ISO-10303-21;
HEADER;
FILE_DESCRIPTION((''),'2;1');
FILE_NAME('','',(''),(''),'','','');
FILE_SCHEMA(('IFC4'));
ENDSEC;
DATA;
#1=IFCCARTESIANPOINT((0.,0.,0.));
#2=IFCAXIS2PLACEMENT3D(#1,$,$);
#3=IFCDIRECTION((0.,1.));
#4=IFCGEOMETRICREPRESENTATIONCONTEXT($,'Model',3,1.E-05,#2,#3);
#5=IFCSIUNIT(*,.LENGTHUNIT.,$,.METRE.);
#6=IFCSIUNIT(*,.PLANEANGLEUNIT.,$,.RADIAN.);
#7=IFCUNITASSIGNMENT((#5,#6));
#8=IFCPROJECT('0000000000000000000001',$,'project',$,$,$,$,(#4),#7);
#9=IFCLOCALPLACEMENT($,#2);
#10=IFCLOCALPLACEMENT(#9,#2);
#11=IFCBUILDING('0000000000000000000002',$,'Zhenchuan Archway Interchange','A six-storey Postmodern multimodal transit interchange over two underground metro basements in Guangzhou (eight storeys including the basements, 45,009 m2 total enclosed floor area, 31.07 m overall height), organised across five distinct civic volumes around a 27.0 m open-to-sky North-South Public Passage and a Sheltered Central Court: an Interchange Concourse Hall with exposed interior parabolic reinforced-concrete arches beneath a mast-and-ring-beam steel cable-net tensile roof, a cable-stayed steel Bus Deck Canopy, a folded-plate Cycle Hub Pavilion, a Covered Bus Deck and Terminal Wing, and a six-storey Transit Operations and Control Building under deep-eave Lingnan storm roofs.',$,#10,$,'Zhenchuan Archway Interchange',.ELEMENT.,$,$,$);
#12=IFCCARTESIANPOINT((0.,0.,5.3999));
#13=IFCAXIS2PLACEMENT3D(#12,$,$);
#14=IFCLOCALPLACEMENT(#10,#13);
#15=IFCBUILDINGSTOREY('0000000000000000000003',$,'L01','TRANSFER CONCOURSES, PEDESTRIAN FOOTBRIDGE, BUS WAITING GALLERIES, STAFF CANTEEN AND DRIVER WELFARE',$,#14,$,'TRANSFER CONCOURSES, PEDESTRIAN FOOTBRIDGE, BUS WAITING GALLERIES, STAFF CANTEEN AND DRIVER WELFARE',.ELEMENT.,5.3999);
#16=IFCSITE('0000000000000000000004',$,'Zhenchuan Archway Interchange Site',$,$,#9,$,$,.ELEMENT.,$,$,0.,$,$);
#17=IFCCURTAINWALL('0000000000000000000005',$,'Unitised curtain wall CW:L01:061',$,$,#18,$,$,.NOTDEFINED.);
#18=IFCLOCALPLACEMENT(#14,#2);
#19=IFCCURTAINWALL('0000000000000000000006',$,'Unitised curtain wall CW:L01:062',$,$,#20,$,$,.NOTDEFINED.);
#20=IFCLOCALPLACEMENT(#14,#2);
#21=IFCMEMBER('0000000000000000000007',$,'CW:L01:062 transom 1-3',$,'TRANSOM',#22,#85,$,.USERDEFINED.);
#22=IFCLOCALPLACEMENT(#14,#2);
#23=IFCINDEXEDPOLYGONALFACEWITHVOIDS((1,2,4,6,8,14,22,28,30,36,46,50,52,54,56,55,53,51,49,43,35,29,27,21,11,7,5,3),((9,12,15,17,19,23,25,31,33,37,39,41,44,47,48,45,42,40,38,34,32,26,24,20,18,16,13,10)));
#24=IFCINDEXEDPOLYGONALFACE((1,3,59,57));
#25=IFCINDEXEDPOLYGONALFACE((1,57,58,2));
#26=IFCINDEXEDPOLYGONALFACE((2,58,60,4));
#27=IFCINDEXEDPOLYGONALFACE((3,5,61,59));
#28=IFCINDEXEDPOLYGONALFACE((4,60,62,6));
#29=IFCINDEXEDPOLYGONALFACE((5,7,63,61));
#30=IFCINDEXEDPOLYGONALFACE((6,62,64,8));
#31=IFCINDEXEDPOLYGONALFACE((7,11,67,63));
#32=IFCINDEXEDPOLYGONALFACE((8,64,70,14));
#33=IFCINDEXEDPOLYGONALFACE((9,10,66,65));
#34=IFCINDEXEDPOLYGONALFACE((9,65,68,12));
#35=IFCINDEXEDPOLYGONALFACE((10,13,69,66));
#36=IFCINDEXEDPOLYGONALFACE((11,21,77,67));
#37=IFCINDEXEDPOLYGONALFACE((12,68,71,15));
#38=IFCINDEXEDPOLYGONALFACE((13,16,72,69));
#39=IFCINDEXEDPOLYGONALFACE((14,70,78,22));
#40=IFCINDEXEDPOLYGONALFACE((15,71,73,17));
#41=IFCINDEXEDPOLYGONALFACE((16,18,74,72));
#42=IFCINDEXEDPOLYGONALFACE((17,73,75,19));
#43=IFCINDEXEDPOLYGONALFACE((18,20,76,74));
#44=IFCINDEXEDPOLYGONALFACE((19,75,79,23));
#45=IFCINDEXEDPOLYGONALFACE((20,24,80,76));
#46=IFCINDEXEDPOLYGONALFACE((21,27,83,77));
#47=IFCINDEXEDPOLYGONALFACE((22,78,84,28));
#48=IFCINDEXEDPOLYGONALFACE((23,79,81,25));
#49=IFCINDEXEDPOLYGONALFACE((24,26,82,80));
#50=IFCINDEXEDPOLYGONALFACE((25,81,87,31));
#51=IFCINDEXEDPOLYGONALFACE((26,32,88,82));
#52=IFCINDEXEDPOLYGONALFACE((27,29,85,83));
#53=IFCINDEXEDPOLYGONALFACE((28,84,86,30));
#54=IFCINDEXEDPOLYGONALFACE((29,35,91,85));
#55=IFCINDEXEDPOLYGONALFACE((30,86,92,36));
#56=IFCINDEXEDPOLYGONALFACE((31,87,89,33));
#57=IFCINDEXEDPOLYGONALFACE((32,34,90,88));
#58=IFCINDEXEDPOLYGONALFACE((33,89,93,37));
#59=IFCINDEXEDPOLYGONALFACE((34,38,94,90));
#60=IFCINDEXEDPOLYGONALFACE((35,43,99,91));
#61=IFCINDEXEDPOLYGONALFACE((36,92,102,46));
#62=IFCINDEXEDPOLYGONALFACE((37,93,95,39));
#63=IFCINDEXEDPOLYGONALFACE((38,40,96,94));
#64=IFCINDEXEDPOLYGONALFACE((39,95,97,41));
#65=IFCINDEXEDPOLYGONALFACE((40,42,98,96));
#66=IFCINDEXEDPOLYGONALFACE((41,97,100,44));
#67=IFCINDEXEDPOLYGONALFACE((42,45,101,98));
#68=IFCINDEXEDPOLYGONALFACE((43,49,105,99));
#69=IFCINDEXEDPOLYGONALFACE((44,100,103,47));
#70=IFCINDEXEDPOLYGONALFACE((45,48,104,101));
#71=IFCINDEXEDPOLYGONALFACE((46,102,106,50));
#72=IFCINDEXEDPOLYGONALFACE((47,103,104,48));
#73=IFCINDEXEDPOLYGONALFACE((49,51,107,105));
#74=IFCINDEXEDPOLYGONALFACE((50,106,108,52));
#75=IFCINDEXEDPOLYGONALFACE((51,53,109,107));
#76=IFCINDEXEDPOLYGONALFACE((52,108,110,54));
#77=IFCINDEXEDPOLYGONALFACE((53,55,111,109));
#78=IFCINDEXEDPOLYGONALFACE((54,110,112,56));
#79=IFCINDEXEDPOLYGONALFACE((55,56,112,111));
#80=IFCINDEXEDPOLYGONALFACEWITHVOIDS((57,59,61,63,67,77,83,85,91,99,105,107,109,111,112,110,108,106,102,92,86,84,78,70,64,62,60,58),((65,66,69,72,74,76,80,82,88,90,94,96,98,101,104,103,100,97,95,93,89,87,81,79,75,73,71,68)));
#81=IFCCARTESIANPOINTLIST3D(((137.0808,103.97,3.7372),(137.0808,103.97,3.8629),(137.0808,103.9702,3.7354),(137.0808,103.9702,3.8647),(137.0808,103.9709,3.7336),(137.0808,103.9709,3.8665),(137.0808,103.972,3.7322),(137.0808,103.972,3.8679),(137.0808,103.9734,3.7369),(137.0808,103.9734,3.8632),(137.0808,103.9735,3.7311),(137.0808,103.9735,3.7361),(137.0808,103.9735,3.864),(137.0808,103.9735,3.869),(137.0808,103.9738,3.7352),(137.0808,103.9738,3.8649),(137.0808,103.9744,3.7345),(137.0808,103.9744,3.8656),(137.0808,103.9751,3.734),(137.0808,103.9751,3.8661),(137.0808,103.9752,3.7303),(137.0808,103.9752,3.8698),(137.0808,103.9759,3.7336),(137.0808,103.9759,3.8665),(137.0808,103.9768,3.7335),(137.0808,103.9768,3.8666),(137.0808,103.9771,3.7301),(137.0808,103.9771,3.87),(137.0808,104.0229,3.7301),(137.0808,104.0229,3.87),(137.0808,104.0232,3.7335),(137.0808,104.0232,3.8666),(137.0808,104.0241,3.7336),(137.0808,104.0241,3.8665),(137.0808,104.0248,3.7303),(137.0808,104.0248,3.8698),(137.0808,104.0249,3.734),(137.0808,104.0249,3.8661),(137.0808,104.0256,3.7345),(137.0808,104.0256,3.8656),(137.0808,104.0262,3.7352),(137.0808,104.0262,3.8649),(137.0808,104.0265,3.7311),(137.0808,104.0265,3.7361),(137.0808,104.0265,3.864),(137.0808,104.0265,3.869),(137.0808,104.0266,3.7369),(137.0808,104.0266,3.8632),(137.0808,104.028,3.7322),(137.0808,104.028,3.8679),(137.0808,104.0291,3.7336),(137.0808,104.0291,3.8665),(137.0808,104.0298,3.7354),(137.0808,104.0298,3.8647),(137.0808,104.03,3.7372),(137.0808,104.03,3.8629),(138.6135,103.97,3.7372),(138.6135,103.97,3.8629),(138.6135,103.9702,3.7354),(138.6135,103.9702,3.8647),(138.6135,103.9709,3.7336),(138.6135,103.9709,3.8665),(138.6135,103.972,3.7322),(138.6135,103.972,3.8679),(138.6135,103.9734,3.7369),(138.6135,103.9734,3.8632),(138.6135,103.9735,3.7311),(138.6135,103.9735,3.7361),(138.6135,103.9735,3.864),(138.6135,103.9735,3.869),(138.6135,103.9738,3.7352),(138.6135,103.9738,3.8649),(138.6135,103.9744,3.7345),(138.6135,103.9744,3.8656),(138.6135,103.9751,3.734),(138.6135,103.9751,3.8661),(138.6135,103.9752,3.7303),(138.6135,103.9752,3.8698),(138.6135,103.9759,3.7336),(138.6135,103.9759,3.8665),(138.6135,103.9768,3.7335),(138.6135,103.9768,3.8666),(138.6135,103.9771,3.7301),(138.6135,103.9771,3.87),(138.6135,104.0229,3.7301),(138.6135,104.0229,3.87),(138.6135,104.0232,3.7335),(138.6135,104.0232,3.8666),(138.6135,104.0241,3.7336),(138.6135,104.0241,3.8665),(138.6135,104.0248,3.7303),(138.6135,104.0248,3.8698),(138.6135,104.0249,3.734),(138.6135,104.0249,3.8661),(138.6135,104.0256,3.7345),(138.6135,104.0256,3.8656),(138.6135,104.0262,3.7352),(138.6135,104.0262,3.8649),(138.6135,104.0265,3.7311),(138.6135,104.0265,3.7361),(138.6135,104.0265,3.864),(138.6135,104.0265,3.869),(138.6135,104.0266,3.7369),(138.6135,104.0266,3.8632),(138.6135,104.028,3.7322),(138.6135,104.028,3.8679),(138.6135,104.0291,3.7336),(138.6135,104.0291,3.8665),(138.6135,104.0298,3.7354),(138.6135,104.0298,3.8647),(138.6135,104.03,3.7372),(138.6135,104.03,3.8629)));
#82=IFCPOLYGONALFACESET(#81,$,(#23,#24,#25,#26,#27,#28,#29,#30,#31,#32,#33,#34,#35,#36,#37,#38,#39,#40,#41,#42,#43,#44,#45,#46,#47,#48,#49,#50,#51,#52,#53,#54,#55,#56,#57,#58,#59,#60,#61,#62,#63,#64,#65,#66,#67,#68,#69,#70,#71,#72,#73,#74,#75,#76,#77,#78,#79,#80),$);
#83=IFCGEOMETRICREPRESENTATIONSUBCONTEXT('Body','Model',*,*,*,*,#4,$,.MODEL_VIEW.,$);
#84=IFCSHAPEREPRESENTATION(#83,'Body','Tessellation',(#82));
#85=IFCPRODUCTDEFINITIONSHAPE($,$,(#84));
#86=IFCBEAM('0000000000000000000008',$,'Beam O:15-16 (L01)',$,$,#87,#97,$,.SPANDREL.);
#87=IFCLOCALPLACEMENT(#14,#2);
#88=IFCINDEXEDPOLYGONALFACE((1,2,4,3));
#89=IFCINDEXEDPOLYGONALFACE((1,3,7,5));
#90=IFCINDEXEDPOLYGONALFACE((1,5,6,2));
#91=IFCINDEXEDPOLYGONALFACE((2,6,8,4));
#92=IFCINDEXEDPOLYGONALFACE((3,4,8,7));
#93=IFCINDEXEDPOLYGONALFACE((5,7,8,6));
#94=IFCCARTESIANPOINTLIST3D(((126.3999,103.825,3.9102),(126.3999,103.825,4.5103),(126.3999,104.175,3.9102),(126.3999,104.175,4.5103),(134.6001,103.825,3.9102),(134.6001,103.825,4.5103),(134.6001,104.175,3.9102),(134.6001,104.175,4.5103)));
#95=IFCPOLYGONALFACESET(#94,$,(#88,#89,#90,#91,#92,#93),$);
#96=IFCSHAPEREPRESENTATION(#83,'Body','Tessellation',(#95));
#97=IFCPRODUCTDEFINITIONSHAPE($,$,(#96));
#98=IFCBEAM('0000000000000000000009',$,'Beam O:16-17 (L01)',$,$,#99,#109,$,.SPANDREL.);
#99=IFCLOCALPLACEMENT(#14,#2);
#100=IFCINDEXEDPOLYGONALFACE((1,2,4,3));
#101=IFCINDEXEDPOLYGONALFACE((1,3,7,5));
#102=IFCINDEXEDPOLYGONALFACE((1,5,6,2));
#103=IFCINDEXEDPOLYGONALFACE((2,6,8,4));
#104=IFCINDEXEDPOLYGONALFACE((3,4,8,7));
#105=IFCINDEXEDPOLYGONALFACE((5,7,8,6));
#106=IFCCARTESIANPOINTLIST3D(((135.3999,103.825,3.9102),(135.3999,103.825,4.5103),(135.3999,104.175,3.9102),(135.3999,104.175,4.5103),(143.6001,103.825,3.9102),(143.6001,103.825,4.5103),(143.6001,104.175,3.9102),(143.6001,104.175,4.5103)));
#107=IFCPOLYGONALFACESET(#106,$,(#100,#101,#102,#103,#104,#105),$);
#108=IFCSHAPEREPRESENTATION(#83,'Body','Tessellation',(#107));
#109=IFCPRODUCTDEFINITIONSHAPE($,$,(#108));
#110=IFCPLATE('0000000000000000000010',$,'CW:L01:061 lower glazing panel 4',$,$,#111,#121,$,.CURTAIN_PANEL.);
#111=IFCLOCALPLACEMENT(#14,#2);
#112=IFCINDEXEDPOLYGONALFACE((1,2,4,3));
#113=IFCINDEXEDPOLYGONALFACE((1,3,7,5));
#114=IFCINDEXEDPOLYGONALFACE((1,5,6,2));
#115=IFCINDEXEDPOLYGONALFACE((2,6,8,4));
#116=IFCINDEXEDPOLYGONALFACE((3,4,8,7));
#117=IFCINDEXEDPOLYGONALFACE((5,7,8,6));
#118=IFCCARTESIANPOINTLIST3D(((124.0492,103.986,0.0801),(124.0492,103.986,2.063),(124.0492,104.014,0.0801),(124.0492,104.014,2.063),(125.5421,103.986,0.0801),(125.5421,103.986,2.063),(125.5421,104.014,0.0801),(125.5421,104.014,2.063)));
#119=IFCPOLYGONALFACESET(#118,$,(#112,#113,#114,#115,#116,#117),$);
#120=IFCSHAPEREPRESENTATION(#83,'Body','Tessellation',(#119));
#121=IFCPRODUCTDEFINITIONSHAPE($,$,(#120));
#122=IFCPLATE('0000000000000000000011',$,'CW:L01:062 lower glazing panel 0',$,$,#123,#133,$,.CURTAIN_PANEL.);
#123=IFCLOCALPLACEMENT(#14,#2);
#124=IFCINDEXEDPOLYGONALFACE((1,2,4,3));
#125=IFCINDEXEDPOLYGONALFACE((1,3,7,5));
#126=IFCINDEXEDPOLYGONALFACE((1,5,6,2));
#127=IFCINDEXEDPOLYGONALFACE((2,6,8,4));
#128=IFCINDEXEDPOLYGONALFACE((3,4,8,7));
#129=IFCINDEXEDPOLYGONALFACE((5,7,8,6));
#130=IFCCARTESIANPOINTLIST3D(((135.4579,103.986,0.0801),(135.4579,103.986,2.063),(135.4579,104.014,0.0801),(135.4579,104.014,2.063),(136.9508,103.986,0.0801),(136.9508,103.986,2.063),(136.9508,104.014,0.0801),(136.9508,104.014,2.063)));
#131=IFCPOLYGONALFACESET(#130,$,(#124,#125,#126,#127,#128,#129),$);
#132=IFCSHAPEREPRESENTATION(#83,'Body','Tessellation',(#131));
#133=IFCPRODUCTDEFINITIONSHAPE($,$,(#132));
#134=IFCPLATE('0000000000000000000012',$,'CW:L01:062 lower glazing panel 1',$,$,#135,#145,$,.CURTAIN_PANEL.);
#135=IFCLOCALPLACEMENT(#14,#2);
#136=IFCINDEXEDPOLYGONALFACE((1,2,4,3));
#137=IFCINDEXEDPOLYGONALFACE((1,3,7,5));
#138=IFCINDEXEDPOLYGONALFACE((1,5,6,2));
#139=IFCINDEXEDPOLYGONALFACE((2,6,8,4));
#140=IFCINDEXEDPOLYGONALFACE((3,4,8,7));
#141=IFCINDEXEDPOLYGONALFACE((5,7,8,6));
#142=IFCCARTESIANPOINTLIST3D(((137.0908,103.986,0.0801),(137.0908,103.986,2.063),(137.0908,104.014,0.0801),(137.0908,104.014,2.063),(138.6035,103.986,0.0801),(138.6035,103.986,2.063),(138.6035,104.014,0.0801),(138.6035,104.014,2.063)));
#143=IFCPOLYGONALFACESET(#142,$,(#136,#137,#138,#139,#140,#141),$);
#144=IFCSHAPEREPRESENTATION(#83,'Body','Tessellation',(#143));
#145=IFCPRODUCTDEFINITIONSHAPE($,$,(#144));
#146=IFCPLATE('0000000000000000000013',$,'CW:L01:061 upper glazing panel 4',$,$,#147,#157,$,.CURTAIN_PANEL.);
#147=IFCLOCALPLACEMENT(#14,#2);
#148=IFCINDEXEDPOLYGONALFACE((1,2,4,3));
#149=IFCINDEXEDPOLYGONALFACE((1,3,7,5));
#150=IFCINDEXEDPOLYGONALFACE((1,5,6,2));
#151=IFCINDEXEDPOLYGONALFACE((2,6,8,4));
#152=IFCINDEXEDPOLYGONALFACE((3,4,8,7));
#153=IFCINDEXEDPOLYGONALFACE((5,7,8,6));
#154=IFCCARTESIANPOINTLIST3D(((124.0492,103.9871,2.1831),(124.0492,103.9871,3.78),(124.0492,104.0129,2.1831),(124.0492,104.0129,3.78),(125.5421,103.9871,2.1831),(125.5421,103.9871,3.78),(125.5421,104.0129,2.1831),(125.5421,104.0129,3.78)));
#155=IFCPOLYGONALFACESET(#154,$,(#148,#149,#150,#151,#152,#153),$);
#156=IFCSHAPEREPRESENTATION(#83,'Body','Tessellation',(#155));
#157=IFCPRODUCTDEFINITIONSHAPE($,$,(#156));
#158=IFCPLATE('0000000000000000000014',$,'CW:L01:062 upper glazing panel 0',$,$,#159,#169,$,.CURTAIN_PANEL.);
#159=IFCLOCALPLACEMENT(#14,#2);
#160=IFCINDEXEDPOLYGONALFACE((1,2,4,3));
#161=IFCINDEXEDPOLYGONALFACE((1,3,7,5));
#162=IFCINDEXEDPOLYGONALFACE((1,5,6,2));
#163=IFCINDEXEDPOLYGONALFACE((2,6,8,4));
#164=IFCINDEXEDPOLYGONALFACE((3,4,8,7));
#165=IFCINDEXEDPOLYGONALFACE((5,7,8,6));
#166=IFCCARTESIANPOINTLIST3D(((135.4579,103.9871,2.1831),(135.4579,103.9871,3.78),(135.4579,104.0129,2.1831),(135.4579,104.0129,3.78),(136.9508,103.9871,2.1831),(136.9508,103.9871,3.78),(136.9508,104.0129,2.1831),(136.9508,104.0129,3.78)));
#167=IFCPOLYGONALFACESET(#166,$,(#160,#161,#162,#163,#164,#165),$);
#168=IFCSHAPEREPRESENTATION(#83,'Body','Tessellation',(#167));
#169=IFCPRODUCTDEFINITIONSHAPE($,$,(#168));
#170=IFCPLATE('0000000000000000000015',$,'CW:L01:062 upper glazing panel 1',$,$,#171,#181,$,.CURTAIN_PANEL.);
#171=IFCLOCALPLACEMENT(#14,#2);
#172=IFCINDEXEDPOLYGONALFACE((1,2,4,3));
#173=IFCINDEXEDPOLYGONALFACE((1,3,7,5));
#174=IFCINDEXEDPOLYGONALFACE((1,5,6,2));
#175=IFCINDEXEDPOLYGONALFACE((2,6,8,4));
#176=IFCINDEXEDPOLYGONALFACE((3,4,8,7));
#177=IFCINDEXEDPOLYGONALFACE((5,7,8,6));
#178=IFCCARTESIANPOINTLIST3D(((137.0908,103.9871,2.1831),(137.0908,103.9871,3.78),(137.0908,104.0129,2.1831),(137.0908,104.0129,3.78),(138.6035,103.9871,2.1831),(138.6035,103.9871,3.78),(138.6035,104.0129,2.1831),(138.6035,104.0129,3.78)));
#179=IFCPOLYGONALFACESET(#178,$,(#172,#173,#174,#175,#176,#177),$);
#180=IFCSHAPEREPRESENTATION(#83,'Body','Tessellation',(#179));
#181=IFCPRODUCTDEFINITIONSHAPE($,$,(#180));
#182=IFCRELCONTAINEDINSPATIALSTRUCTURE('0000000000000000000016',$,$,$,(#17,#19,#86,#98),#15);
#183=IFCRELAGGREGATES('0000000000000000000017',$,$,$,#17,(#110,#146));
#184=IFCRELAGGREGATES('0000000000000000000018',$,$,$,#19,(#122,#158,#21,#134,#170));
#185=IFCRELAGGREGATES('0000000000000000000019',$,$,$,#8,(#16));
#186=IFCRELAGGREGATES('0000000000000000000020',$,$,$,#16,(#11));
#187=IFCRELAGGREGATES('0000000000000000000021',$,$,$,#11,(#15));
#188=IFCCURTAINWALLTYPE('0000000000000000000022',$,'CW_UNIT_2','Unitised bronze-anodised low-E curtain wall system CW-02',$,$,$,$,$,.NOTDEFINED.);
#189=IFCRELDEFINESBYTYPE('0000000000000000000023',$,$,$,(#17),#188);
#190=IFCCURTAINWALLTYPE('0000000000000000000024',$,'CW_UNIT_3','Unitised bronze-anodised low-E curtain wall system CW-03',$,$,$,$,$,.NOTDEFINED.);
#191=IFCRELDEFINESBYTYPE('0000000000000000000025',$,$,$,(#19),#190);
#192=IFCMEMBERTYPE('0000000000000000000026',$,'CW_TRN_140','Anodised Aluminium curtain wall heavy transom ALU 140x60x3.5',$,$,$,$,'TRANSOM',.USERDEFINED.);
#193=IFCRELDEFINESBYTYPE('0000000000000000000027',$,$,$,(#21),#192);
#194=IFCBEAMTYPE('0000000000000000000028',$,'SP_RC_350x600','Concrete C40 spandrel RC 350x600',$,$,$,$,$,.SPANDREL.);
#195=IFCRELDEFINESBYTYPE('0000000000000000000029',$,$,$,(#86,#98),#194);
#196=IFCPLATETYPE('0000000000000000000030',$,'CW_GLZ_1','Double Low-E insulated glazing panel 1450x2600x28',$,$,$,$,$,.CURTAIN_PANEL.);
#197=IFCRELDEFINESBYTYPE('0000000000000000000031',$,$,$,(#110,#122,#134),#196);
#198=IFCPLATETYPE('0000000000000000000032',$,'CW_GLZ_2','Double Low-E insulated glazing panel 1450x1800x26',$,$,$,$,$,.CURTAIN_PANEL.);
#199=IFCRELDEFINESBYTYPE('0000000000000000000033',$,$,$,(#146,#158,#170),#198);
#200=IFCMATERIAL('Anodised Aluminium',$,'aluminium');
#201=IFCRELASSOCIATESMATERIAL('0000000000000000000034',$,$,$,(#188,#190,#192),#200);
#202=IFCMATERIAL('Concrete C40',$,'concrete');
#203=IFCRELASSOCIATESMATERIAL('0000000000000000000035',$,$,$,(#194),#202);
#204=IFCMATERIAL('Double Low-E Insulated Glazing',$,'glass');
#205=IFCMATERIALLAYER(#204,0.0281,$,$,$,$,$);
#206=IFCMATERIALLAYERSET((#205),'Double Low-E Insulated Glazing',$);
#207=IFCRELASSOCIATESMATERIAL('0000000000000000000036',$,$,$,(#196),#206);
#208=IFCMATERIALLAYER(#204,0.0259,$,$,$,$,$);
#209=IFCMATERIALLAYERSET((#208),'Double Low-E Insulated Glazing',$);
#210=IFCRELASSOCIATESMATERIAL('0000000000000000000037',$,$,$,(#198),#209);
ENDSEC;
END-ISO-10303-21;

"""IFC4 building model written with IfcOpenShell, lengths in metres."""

from ifc_helpers import new_model, si_unit, direction, frame, origin, origin_2d, place, context, subcontext, project, spatial, rectangle, hollow_rectangle, extrude, material, layer, layer_set, material_profile, profile_set, type_object, element, aggregate, save


model = new_model("IFC4")

# Units and contexts
model_context = context("Model", 3, precision=1e-05, world=origin(), true_north=direction((0.0, 1.0)))
body_context = subcontext(model_context, "Body", "Model", "MODEL_VIEW")
ifc_project = project(units=[si_unit("LENGTHUNIT", "METRE"), si_unit("PLANEANGLEUNIT", "RADIAN")], contexts=[model_context])

# Site, building, storey
site_placement = place(None, origin())
site = spatial("IfcSite", under=ifc_project, at=site_placement, Name="Zhenchuan Archway Interchange Site", CompositionType="ELEMENT", RefElevation=0.0)
building_placement = place(site_placement, origin())
building = spatial("IfcBuilding", under=site, at=building_placement, Name="Zhenchuan Archway Interchange", Description="A six-storey Postmodern multimodal transit interchange over two underground metro basements in Guangzhou (eight storeys including the basements, 45,009 m2 total enclosed floor area, 31.07 m overall height), organised across five distinct civic volumes around a 27.0 m open-to-sky North-South Public Passage and a Sheltered Central Court: an Interchange Concourse Hall with exposed interior parabolic reinforced-concrete arches beneath a mast-and-ring-beam steel cable-net tensile roof, a cable-stayed steel Bus Deck Canopy, a folded-plate Cycle Hub Pavilion, a Covered Bus Deck and Terminal Wing, and a six-storey Transit Operations and Control Building under deep-eave Lingnan storm roofs.", LongName="Zhenchuan Archway Interchange", CompositionType="ELEMENT")
storey_placement = place(building_placement, frame((0.0, 0.0, 5.3999)))
storey = spatial("IfcBuildingStorey", under=building, at=storey_placement, Name="L01", Description="TRANSFER CONCOURSES, PEDESTRIAN FOOTBRIDGE, BUS WAITING GALLERIES, STAFF CANTEEN AND DRIVER WELFARE", LongName="TRANSFER CONCOURSES, PEDESTRIAN FOOTBRIDGE, BUS WAITING GALLERIES, STAFF CANTEEN AND DRIVER WELFARE", CompositionType="ELEMENT", Elevation=5.3999)

# Shared definitions
ifc_material_1 = material(Name="Concrete C40", Category="concrete")

# Curtain walls
ifc_material_2 = material(Name="Anodised Aluminium", Category="aluminium")
curtain_wall_type_1 = type_object("IfcCurtainWallType", Name="CW_UNIT_2", Description="Unitised bronze-anodised low-E curtain wall system CW-02", PredefinedType="NOTDEFINED", material=ifc_material_2)
curtain_wall_1_placement = place(storey_placement, origin())
curtain_wall_1 = element("IfcCurtainWall", 1, at=curtain_wall_1_placement, inside=storey, type_object=curtain_wall_type_1, Name="Unitised curtain wall CW:L01:061", PredefinedType="NOTDEFINED")
curtain_wall_type_2 = type_object("IfcCurtainWallType", Name="CW_UNIT_3", Description="Unitised bronze-anodised low-E curtain wall system CW-03", PredefinedType="NOTDEFINED", material=ifc_material_2)
curtain_wall_2_placement = place(storey_placement, origin())
curtain_wall_2 = element("IfcCurtainWall", 2, at=curtain_wall_2_placement, inside=storey, type_object=curtain_wall_type_2, Name="Unitised curtain wall CW:L01:062", PredefinedType="NOTDEFINED")

# Member
ifc_material_profile_1 = material_profile(ifc_material_2, hollow_rectangle(XDim=0.0601, YDim=0.1399, WallThickness=0.0034, InnerFilletRadius=0.0034, OuterFilletRadius=0.0071, at=origin_2d()), Name="ALU 140x60x3.5")
ifc_profile_set_1 = profile_set([ifc_material_profile_1], Name="Anodised Aluminium")
member_type_1 = type_object("IfcMemberType", Name="CW_TRN_140", Description="Anodised Aluminium curtain wall heavy transom ALU 140x60x3.5", ElementType="TRANSOM", PredefinedType="USERDEFINED", material=ifc_profile_set_1)
member_1_placement = place(storey_placement, frame((137.0808, 104.0, 3.8), z_axis=(1.0, 0.0, 0.0), x_axis=(0.0, 1.0, 0.0)))
member_1 = element("IfcMember", 3, at=member_1_placement, type_object=member_type_1, Name="CW:L01:062 transom 1-3", ObjectType="TRANSOM", PredefinedType="USERDEFINED", context=body_context, shape_type="SweptSolid", body=[
    extrude(hollow_rectangle(XDim=0.0601, YDim=0.1399, WallThickness=0.0034, InnerFilletRadius=0.0034, OuterFilletRadius=0.0071, at=origin_2d()), origin(), (0.0, 0.0, 1.0), 1.5327),
])

# Beams
ifc_material_profile_2 = material_profile(ifc_material_1, rectangle(XDim=0.3501, YDim=0.6001, at=origin_2d()), Name="RC 350x600")
ifc_profile_set_2 = profile_set([ifc_material_profile_2], Name="Concrete C40")
beam_type = type_object("IfcBeamType", Name="SP_RC_350x600", Description="Concrete C40 spandrel RC 350x600", PredefinedType="SPANDREL", material=ifc_profile_set_2)
for number, where, z_axis, x_axis, name in (
    (4, (126.3999, 104.0, 4.2102), (1.0, 0.0, 0.0), (0.0, 1.0, 0.0), "Beam O:15-16 (L01)"),
    (5, (135.3999, 104.0, 4.2102), (1.0, 0.0, 0.0), (0.0, 1.0, 0.0), "Beam O:16-17 (L01)"),
):
    element("IfcBeam", number, at=place(storey_placement, frame(where, z_axis=z_axis, x_axis=x_axis)), inside=storey, type_object=beam_type, Name=name, PredefinedType="SPANDREL", context=body_context, shape_type="SweptSolid", body=[
        extrude(rectangle(XDim=0.3501, YDim=0.6001, at=origin_2d()), origin(), (0.0, 0.0, 1.0), 8.2002),
    ])

# Plates
ifc_material_3 = material(Name="Double Low-E Insulated Glazing", Category="glass")
ifc_layer_1 = layer(ifc_material_3, 0.0281)
ifc_layer_set_1 = layer_set([ifc_layer_1], Name="Double Low-E Insulated Glazing")
plate_type_1 = type_object("IfcPlateType", Name="CW_GLZ_1", Description="Double Low-E insulated glazing panel 1450x2600x28", PredefinedType="CURTAIN_PANEL", material=ifc_layer_set_1)
plate_1_placement = place(storey_placement, frame((124.7957, 104.0, 0.0801), z_axis=(0.0, 0.0, 1.0), x_axis=(1.0, 0.0, 0.0)))
plate_1 = element("IfcPlate", 6, at=plate_1_placement, type_object=plate_type_1, Name="CW:L01:061 lower glazing panel 4", PredefinedType="CURTAIN_PANEL", context=body_context, shape_type="SweptSolid", body=[
    extrude(rectangle(XDim=1.4929, YDim=0.0281, at=origin_2d()), origin(), (0.0, 0.0, 1.0), 1.9829),
])
plate_2_placement = place(storey_placement, frame((136.2043, 104.0, 0.0801), z_axis=(0.0, 0.0, 1.0), x_axis=(1.0, 0.0, 0.0)))
plate_2 = element("IfcPlate", 7, at=plate_2_placement, type_object=plate_type_1, Name="CW:L01:062 lower glazing panel 0", PredefinedType="CURTAIN_PANEL", context=body_context, shape_type="SweptSolid", body=[
    extrude(rectangle(XDim=1.4929, YDim=0.0281, at=origin_2d()), origin(), (0.0, 0.0, 1.0), 1.9829),
])
plate_3_placement = place(storey_placement, frame((137.8472, 104.0, 0.0801), z_axis=(0.0, 0.0, 1.0), x_axis=(1.0, 0.0, 0.0)))
plate_3 = element("IfcPlate", 8, at=plate_3_placement, type_object=plate_type_1, Name="CW:L01:062 lower glazing panel 1", PredefinedType="CURTAIN_PANEL", context=body_context, shape_type="SweptSolid", body=[
    extrude(rectangle(XDim=1.5127, YDim=0.0281, at=origin_2d()), origin(), (0.0, 0.0, 1.0), 1.9829),
])
ifc_layer_2 = layer(ifc_material_3, 0.0259)
ifc_layer_set_2 = layer_set([ifc_layer_2], Name="Double Low-E Insulated Glazing")
plate_type_2 = type_object("IfcPlateType", Name="CW_GLZ_2", Description="Double Low-E insulated glazing panel 1450x1800x26", PredefinedType="CURTAIN_PANEL", material=ifc_layer_set_2)
plate_4_placement = place(storey_placement, frame((124.7957, 104.0, 2.1831), z_axis=(0.0, 0.0, 1.0), x_axis=(1.0, 0.0, 0.0)))
plate_4 = element("IfcPlate", 9, at=plate_4_placement, type_object=plate_type_2, Name="CW:L01:061 upper glazing panel 4", PredefinedType="CURTAIN_PANEL", context=body_context, shape_type="SweptSolid", body=[
    extrude(rectangle(XDim=1.4929, YDim=0.0259, at=origin_2d()), origin(), (0.0, 0.0, 1.0), 1.5969),
])
aggregate(curtain_wall_1, [plate_1, plate_4])
plate_5_placement = place(storey_placement, frame((136.2043, 104.0, 2.1831), z_axis=(0.0, 0.0, 1.0), x_axis=(1.0, 0.0, 0.0)))
plate_5 = element("IfcPlate", 10, at=plate_5_placement, type_object=plate_type_2, Name="CW:L01:062 upper glazing panel 0", PredefinedType="CURTAIN_PANEL", context=body_context, shape_type="SweptSolid", body=[
    extrude(rectangle(XDim=1.4929, YDim=0.0259, at=origin_2d()), origin(), (0.0, 0.0, 1.0), 1.5969),
])
plate_6_placement = place(storey_placement, frame((137.8472, 104.0, 2.1831), z_axis=(0.0, 0.0, 1.0), x_axis=(1.0, 0.0, 0.0)))
plate_6 = element("IfcPlate", 11, at=plate_6_placement, type_object=plate_type_2, Name="CW:L01:062 upper glazing panel 1", PredefinedType="CURTAIN_PANEL", context=body_context, shape_type="SweptSolid", body=[
    extrude(rectangle(XDim=1.5127, YDim=0.0259, at=origin_2d()), origin(), (0.0, 0.0, 1.0), 1.5969),
])
aggregate(curtain_wall_2, [plate_2, plate_5, member_1, plate_3, plate_6])

save(model, "model.ifc")
